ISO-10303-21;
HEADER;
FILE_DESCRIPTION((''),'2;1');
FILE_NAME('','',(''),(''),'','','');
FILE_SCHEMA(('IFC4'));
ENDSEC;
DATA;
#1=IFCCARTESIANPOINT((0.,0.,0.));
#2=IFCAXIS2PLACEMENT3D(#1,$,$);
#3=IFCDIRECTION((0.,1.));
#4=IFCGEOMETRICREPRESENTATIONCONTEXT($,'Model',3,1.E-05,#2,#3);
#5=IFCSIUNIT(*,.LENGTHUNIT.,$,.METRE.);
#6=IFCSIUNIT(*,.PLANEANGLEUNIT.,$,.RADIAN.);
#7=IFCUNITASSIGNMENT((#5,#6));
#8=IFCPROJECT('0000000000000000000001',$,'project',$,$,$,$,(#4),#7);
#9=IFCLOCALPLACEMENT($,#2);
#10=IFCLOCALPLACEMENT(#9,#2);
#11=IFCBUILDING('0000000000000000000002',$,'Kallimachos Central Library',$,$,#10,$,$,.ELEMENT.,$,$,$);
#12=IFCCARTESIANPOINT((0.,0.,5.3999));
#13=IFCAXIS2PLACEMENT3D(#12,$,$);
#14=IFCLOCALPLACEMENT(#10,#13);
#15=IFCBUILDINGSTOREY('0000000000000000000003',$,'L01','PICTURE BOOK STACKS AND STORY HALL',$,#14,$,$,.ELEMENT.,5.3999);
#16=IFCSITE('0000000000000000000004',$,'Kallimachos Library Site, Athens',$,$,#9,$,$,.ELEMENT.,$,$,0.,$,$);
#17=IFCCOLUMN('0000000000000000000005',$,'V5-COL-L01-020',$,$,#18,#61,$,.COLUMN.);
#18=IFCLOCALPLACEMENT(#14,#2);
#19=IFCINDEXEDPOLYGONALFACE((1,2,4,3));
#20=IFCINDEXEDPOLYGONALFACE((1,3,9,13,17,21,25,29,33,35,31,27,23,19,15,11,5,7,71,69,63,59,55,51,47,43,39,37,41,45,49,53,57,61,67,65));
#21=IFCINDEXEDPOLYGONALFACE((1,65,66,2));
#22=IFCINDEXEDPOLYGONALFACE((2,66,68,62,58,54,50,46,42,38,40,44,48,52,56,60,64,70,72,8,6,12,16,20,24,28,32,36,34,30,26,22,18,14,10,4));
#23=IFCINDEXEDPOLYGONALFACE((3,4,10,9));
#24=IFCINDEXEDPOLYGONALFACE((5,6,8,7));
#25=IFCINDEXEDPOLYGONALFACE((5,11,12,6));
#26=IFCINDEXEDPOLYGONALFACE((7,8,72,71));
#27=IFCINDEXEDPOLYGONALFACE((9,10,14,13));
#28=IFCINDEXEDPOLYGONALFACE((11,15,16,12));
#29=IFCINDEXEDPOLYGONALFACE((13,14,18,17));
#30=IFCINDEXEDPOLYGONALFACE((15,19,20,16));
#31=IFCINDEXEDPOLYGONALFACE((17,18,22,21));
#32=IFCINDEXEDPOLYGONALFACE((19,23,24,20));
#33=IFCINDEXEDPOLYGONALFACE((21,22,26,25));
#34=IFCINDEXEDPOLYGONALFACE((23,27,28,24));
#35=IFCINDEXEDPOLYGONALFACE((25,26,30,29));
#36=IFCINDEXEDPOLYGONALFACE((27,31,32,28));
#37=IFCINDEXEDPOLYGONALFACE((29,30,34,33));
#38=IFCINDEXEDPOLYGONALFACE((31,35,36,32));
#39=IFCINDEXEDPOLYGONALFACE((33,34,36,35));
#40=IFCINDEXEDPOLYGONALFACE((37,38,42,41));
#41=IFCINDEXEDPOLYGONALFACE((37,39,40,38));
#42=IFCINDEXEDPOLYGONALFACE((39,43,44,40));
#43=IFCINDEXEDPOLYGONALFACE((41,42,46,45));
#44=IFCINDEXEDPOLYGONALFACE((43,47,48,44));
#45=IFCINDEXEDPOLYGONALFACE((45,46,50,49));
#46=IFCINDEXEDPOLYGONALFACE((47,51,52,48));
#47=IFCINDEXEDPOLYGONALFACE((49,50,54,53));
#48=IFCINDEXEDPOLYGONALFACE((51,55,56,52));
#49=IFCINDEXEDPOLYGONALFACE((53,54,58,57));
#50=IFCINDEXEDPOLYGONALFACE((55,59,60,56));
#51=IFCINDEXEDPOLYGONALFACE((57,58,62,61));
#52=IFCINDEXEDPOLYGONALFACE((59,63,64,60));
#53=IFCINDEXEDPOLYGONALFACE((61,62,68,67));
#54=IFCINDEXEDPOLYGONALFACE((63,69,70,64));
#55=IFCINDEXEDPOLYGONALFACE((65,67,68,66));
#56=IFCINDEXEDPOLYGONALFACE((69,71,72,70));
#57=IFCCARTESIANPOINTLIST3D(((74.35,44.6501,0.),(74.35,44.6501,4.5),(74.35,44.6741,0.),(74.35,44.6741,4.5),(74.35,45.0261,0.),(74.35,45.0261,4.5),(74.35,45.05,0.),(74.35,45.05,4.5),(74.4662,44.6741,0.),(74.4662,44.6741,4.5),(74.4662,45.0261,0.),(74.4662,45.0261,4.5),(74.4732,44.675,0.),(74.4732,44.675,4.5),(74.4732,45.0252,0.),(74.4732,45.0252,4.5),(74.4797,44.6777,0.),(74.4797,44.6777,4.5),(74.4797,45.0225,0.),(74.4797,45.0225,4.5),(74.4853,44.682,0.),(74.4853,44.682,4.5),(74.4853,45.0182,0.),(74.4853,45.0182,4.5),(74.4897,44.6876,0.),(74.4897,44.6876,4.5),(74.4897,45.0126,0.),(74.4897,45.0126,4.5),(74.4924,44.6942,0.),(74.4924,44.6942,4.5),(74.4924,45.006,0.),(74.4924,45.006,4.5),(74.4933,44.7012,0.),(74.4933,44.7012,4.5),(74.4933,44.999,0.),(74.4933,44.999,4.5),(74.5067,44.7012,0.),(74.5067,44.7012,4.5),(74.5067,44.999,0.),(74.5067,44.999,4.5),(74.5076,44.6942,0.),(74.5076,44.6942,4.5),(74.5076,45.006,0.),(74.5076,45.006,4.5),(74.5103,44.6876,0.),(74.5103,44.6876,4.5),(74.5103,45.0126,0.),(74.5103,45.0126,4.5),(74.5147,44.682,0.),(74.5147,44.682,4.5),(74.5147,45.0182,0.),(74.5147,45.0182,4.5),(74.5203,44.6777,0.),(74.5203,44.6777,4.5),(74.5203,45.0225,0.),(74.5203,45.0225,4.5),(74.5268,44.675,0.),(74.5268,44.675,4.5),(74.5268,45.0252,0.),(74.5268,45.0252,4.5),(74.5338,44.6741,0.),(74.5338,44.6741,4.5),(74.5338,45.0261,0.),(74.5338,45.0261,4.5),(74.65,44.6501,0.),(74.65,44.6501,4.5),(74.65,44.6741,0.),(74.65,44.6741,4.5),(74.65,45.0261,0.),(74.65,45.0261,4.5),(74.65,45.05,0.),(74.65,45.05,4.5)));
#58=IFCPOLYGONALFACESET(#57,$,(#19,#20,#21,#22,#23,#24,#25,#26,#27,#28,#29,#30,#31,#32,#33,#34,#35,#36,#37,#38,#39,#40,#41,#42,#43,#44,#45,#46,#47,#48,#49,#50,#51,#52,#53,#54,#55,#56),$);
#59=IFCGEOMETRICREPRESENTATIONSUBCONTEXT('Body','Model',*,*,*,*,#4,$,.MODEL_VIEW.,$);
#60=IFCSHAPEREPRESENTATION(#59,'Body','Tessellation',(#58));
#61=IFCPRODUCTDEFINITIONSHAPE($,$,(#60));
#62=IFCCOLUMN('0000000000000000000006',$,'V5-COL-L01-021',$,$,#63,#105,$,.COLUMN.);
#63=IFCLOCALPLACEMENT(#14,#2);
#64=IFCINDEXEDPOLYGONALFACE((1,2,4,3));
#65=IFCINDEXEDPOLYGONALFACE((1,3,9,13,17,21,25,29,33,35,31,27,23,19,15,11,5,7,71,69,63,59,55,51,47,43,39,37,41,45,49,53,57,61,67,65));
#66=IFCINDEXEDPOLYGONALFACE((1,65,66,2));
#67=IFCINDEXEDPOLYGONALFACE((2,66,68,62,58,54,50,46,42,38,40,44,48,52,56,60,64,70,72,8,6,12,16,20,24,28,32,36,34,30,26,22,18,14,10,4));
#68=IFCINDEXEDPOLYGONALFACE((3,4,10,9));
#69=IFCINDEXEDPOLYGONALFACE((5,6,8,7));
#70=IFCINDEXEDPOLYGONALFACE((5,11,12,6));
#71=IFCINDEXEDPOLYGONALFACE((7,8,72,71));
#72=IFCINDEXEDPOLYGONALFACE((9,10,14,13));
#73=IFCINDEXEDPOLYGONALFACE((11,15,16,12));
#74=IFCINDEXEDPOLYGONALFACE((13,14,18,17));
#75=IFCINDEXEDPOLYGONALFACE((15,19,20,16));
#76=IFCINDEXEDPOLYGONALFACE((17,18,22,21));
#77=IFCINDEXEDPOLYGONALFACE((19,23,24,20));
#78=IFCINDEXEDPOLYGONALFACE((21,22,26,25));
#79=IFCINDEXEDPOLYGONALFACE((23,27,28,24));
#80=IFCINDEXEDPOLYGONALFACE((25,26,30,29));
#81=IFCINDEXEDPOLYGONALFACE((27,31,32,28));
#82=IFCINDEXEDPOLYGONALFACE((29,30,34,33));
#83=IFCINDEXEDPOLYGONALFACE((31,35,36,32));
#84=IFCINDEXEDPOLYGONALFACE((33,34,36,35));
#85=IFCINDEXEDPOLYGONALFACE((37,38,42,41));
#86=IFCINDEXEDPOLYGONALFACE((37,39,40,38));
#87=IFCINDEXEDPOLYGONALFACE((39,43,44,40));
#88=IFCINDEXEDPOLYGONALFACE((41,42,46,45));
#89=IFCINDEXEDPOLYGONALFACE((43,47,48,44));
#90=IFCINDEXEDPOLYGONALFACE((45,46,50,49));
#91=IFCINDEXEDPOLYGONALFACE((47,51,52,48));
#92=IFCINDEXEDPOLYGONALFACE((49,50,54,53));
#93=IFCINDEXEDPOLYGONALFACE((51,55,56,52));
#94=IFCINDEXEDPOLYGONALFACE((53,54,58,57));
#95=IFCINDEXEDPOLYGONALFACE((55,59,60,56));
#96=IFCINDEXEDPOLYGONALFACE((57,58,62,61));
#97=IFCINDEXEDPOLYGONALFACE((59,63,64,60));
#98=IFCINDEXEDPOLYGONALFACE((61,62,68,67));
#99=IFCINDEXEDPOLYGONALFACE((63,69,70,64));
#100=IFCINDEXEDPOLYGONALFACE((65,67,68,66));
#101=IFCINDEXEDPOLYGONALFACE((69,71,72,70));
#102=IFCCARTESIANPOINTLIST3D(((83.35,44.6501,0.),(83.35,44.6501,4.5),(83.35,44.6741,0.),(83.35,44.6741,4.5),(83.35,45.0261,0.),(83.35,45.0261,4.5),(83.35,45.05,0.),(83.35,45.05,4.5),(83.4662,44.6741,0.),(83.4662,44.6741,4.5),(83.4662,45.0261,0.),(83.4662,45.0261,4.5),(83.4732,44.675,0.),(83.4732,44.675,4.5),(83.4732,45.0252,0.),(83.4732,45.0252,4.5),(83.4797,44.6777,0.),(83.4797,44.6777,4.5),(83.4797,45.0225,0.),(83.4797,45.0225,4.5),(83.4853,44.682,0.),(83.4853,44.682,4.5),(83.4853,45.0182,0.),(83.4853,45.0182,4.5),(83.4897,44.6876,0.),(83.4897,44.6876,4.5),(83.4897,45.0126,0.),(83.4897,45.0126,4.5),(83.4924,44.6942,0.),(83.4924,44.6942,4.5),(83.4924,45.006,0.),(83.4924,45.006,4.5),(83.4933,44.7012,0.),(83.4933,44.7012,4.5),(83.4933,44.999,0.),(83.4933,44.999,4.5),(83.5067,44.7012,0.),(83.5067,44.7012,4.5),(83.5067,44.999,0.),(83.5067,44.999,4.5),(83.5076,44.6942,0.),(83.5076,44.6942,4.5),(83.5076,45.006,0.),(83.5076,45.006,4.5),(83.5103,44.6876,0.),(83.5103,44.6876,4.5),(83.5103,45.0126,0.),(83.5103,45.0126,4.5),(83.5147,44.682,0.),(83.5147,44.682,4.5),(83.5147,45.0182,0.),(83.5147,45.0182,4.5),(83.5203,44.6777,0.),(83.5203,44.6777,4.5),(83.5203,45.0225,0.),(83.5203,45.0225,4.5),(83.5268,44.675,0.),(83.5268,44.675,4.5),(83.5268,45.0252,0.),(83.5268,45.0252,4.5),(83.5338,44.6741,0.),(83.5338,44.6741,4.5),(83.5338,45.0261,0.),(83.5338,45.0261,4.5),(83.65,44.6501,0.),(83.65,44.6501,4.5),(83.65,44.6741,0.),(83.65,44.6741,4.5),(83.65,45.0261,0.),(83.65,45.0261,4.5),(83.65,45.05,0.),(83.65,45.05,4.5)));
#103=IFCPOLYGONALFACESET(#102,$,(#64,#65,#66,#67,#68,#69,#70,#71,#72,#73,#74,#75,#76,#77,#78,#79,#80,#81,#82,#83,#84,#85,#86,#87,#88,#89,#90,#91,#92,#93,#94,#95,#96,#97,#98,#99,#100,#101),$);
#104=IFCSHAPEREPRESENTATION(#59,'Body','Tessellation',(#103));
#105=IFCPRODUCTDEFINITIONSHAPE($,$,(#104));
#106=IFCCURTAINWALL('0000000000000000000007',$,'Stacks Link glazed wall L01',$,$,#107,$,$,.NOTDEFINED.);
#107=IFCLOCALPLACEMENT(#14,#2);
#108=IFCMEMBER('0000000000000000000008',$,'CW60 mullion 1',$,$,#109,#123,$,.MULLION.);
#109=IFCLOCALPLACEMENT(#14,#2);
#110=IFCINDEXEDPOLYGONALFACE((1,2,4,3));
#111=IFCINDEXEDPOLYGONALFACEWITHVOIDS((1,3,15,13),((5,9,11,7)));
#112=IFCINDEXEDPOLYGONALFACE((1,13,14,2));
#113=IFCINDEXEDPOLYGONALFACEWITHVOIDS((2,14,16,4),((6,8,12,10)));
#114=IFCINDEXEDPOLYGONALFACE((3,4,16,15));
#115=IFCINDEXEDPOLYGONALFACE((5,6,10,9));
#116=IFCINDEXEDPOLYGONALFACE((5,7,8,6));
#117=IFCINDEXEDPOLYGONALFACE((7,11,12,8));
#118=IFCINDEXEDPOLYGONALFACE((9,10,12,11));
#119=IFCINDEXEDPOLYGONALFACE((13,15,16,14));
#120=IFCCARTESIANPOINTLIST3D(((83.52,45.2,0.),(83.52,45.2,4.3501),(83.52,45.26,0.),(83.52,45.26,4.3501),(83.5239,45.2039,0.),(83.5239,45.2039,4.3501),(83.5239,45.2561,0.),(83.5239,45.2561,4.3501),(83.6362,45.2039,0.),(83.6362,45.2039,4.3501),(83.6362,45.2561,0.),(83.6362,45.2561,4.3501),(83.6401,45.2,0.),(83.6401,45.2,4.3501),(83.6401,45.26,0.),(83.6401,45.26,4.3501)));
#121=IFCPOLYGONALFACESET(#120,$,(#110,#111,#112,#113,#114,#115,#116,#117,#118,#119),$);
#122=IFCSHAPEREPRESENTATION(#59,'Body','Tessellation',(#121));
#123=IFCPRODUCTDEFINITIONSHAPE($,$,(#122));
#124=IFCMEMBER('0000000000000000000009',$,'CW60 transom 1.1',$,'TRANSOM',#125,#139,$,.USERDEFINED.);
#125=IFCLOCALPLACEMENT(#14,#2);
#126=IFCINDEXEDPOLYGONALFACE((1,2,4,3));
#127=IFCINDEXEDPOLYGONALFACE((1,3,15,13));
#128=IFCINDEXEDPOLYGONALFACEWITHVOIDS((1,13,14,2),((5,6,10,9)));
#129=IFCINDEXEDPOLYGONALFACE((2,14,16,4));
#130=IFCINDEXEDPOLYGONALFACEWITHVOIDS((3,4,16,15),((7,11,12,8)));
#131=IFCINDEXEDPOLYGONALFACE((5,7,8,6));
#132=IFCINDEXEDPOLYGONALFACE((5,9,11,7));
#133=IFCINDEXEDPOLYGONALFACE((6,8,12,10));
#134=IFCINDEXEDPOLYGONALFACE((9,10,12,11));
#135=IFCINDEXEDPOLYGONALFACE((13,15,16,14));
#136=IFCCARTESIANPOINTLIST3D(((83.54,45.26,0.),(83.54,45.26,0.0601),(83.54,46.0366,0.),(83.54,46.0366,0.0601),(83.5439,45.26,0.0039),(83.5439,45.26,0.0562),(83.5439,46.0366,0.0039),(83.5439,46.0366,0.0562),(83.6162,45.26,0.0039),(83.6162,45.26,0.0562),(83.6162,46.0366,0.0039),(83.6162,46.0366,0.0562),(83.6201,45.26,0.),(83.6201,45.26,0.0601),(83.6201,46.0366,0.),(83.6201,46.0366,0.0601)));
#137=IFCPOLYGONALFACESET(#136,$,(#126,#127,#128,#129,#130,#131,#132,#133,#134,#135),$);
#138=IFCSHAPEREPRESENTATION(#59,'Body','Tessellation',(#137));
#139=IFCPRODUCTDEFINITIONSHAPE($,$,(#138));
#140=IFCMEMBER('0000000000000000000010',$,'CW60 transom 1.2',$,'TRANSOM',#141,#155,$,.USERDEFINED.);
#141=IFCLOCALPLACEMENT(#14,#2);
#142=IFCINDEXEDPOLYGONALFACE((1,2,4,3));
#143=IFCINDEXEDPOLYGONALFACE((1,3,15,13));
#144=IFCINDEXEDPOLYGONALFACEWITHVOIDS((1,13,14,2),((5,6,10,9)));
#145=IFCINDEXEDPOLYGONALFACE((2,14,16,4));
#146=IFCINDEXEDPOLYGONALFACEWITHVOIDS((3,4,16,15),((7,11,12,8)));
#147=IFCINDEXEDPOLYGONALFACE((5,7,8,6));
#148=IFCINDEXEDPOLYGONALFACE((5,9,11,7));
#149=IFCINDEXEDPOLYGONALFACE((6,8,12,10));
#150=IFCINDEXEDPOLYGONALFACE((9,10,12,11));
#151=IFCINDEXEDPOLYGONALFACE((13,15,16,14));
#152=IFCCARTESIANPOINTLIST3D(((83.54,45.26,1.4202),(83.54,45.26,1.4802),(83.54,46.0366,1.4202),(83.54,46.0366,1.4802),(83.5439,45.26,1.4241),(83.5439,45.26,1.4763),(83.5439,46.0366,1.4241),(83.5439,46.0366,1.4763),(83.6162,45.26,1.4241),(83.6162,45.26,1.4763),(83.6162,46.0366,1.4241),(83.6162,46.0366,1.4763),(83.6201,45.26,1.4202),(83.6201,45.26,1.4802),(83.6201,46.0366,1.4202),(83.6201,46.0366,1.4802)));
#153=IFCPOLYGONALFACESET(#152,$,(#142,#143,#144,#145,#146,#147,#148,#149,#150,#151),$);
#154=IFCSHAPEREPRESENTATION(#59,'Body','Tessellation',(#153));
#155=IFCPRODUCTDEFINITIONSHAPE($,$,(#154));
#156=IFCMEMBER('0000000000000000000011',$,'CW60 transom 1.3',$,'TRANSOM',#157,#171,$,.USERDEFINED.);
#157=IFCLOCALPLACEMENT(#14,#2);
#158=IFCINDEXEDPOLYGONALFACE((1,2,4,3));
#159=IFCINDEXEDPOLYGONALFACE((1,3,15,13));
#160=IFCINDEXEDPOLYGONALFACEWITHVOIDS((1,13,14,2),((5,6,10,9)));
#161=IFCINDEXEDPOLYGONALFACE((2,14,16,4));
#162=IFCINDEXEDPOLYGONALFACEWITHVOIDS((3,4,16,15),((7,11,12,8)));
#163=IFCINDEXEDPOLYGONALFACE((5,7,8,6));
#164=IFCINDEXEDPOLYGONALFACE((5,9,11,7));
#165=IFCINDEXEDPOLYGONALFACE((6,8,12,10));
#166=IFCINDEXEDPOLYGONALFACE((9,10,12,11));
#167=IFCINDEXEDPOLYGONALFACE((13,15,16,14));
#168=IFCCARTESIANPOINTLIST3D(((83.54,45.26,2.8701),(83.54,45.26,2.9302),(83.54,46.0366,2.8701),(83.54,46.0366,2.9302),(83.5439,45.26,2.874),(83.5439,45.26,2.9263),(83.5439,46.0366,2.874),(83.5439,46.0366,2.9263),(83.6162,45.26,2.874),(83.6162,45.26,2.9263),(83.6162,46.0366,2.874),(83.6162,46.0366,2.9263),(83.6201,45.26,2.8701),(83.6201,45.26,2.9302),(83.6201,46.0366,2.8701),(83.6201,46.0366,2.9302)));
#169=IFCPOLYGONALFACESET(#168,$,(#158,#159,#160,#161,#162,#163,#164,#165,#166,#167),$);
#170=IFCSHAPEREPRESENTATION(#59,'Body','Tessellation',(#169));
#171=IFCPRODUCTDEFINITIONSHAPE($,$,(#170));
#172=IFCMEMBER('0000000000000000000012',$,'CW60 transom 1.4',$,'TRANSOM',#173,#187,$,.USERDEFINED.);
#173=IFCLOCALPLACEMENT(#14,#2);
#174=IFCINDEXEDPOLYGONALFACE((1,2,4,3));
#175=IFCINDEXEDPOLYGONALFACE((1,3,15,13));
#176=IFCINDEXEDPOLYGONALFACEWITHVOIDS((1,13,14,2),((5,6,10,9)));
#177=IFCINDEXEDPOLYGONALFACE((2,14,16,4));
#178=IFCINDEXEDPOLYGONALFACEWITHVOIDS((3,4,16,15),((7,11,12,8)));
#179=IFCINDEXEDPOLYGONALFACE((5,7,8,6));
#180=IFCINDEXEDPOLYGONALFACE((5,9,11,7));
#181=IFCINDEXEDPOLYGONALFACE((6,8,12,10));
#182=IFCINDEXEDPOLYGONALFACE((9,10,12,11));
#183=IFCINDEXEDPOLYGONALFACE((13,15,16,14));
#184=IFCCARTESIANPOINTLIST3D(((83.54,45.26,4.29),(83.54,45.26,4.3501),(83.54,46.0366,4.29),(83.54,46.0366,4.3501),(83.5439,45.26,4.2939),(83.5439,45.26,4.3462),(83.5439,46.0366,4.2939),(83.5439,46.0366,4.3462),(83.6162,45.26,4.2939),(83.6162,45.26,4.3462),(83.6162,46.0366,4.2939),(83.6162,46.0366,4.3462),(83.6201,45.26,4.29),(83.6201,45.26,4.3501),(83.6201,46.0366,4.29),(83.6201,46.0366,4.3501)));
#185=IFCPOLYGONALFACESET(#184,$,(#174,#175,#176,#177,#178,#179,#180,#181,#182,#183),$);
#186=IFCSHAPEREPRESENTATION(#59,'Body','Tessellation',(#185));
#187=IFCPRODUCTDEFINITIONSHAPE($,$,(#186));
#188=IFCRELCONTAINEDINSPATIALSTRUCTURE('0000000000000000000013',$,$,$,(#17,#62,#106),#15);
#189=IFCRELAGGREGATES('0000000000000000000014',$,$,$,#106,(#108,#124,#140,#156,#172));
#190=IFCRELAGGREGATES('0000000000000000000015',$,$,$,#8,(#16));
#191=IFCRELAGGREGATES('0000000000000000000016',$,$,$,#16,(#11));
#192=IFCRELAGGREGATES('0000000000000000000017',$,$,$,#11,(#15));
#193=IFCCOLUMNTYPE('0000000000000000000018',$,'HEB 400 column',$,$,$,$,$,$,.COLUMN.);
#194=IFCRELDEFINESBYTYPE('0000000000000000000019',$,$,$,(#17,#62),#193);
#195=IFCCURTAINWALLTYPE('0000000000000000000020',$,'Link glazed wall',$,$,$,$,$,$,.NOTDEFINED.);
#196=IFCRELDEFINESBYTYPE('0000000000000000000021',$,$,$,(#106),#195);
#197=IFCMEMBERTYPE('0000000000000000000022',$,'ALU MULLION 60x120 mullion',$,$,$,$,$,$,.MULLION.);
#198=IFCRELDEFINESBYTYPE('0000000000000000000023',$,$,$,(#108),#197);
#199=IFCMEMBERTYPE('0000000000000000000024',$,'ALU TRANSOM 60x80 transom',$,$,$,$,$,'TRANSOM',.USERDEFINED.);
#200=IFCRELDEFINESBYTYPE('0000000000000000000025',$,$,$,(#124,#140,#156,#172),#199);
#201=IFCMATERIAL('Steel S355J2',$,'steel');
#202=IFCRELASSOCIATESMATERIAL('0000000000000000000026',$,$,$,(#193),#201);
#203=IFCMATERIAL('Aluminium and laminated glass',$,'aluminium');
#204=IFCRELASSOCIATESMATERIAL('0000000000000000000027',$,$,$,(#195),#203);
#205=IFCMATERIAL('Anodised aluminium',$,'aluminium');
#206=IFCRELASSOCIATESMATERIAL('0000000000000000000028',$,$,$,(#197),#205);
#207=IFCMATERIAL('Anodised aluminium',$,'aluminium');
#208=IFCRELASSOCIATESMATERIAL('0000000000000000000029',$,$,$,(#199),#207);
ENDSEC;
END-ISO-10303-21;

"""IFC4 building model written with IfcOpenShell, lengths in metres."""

from ifc_helpers import new_model, si_unit, direction, frame, origin, origin_2d, place, context, subcontext, project, spatial, hollow_rectangle, i_section, extrude, material, material_profile, profile_set, type_object, element, aggregate, save


model = new_model("IFC4")

# Units and contexts
model_context = context("Model", 3, precision=1e-05, world=origin(), true_north=direction((0.0, 1.0)))
body_context = subcontext(model_context, "Body", "Model", "MODEL_VIEW")
ifc_project = project(units=[si_unit("LENGTHUNIT", "METRE"), si_unit("PLANEANGLEUNIT", "RADIAN")], contexts=[model_context])

# Site, building, storey
site_placement = place(None, origin())
site = spatial("IfcSite", under=ifc_project, at=site_placement, Name="Kallimachos Library Site, Athens", CompositionType="ELEMENT", RefElevation=0.0)
building_placement = place(site_placement, origin())
building = spatial("IfcBuilding", under=site, at=building_placement, Name="Kallimachos Central Library", CompositionType="ELEMENT")
storey_placement = place(building_placement, frame((0.0, 0.0, 5.3999)))
storey = spatial("IfcBuildingStorey", under=building, at=storey_placement, Name="L01", Description="PICTURE BOOK STACKS AND STORY HALL", CompositionType="ELEMENT", Elevation=5.3999)

# Columns
ifc_material_1 = material(Name="Steel S355J2", Category="steel")
ifc_material_profile_1 = material_profile(ifc_material_1, i_section(OverallWidth=0.3, OverallDepth=0.3999, WebThickness=0.0134, FlangeThickness=0.0239, FilletRadius=0.0271, at=origin_2d()), Name="HEB 400")
ifc_profile_set_1 = profile_set([ifc_material_profile_1], Name="Steel S355J2")
column_type = type_object("IfcColumnType", Name="HEB 400 column", PredefinedType="COLUMN", material=ifc_profile_set_1)
for number, where, z_axis, x_axis, name in (
    (1, (74.5, 44.8501, 0.0), (0.0, 0.0, 1.0), (1.0, 0.0, 0.0), "V5-COL-L01-020"),
    (2, (83.5, 44.8501, 0.0), (0.0, 0.0, 1.0), (1.0, 0.0, 0.0), "V5-COL-L01-021"),
):
    element("IfcColumn", number, at=place(storey_placement, frame(where, z_axis=z_axis, x_axis=x_axis)), inside=storey, type_object=column_type, Name=name, PredefinedType="COLUMN", context=body_context, shape_type="SweptSolid", body=[
        extrude(i_section(OverallWidth=0.3, OverallDepth=0.3999, WebThickness=0.0134, FlangeThickness=0.0239, FilletRadius=0.0271, at=origin_2d()), origin(), (0.0, 0.0, 1.0), 4.5),
    ])

# Curtain wall, members
ifc_material_2 = material(Name="Aluminium and laminated glass", Category="aluminium")
curtain_wall_type = type_object("IfcCurtainWallType", Name="Link glazed wall", PredefinedType="NOTDEFINED", material=ifc_material_2)
curtain_wall_placement = place(storey_placement, origin())
curtain_wall = element("IfcCurtainWall", 3, at=curtain_wall_placement, inside=storey, type_object=curtain_wall_type, Name="Stacks Link glazed wall L01", PredefinedType="NOTDEFINED")
ifc_material_3 = material(Name="Anodised aluminium", Category="aluminium")
ifc_material_profile_2 = material_profile(ifc_material_3, hollow_rectangle(XDim=0.0601, YDim=0.1201, WallThickness=0.0039, at=origin_2d()), Name="ALU MULLION 60x120")
ifc_profile_set_2 = profile_set([ifc_material_profile_2], Name="Anodised aluminium")
member_type_1 = type_object("IfcMemberType", Name="ALU MULLION 60x120 mullion", PredefinedType="MULLION", material=ifc_profile_set_2)
member_1_placement = place(storey_placement, frame((83.5801, 45.23, 0.0), z_axis=(0.0, 0.0, 1.0), x_axis=(0.0, 1.0, 0.0)))
member_1 = element("IfcMember", 4, at=member_1_placement, type_object=member_type_1, Name="CW60 mullion 1", PredefinedType="MULLION", context=body_context, shape_type="SweptSolid", body=[
    extrude(hollow_rectangle(XDim=0.0601, YDim=0.1201, WallThickness=0.0039, at=origin_2d()), origin(), (0.0, 0.0, 1.0), 4.3501),
])
ifc_material_4 = material(Name="Anodised aluminium", Category="aluminium")
ifc_material_profile_3 = material_profile(ifc_material_4, hollow_rectangle(XDim=0.0601, YDim=0.0801, WallThickness=0.0039, at=origin_2d()), Name="ALU TRANSOM 60x80")
ifc_profile_set_3 = profile_set([ifc_material_profile_3], Name="Anodised aluminium")
member_type_2 = type_object("IfcMemberType", Name="ALU TRANSOM 60x80 transom", ElementType="TRANSOM", PredefinedType="USERDEFINED", material=ifc_profile_set_3)
member_2_placement = place(storey_placement, frame((83.5801, 45.26, 0.03), z_axis=(0.0, 1.0, 0.0), x_axis=(0.0, 0.0, 1.0)))
member_2 = element("IfcMember", 5, at=member_2_placement, type_object=member_type_2, Name="CW60 transom 1.1", ObjectType="TRANSOM", PredefinedType="USERDEFINED", context=body_context, shape_type="SweptSolid", body=[
    extrude(hollow_rectangle(XDim=0.0601, YDim=0.0801, WallThickness=0.0039, at=origin_2d()), origin(), (0.0, 0.0, 1.0), 0.7766),
])
member_3_placement = place(storey_placement, frame((83.5801, 45.26, 1.4502), z_axis=(0.0, 1.0, 0.0), x_axis=(0.0, 0.0, 1.0)))
member_3 = element("IfcMember", 6, at=member_3_placement, type_object=member_type_2, Name="CW60 transom 1.2", ObjectType="TRANSOM", PredefinedType="USERDEFINED", context=body_context, shape_type="SweptSolid", body=[
    extrude(hollow_rectangle(XDim=0.0601, YDim=0.0801, WallThickness=0.0039, at=origin_2d()), origin(), (0.0, 0.0, 1.0), 0.7766),
])
member_4_placement = place(storey_placement, frame((83.5801, 45.26, 2.9001), z_axis=(0.0, 1.0, 0.0), x_axis=(0.0, 0.0, 1.0)))
member_4 = element("IfcMember", 7, at=member_4_placement, type_object=member_type_2, Name="CW60 transom 1.3", ObjectType="TRANSOM", PredefinedType="USERDEFINED", context=body_context, shape_type="SweptSolid", body=[
    extrude(hollow_rectangle(XDim=0.0601, YDim=0.0801, WallThickness=0.0039, at=origin_2d()), origin(), (0.0, 0.0, 1.0), 0.7766),
])
member_5_placement = place(storey_placement, frame((83.5801, 45.26, 4.3201), z_axis=(0.0, 1.0, 0.0), x_axis=(0.0, 0.0, 1.0)))
member_5 = element("IfcMember", 8, at=member_5_placement, type_object=member_type_2, Name="CW60 transom 1.4", ObjectType="TRANSOM", PredefinedType="USERDEFINED", context=body_context, shape_type="SweptSolid", body=[
    extrude(hollow_rectangle(XDim=0.0601, YDim=0.0801, WallThickness=0.0039, at=origin_2d()), origin(), (0.0, 0.0, 1.0), 0.7766),
])

aggregate(curtain_wall, [member_1, member_2, member_3, member_4, member_5])

save(model, "model.ifc")
